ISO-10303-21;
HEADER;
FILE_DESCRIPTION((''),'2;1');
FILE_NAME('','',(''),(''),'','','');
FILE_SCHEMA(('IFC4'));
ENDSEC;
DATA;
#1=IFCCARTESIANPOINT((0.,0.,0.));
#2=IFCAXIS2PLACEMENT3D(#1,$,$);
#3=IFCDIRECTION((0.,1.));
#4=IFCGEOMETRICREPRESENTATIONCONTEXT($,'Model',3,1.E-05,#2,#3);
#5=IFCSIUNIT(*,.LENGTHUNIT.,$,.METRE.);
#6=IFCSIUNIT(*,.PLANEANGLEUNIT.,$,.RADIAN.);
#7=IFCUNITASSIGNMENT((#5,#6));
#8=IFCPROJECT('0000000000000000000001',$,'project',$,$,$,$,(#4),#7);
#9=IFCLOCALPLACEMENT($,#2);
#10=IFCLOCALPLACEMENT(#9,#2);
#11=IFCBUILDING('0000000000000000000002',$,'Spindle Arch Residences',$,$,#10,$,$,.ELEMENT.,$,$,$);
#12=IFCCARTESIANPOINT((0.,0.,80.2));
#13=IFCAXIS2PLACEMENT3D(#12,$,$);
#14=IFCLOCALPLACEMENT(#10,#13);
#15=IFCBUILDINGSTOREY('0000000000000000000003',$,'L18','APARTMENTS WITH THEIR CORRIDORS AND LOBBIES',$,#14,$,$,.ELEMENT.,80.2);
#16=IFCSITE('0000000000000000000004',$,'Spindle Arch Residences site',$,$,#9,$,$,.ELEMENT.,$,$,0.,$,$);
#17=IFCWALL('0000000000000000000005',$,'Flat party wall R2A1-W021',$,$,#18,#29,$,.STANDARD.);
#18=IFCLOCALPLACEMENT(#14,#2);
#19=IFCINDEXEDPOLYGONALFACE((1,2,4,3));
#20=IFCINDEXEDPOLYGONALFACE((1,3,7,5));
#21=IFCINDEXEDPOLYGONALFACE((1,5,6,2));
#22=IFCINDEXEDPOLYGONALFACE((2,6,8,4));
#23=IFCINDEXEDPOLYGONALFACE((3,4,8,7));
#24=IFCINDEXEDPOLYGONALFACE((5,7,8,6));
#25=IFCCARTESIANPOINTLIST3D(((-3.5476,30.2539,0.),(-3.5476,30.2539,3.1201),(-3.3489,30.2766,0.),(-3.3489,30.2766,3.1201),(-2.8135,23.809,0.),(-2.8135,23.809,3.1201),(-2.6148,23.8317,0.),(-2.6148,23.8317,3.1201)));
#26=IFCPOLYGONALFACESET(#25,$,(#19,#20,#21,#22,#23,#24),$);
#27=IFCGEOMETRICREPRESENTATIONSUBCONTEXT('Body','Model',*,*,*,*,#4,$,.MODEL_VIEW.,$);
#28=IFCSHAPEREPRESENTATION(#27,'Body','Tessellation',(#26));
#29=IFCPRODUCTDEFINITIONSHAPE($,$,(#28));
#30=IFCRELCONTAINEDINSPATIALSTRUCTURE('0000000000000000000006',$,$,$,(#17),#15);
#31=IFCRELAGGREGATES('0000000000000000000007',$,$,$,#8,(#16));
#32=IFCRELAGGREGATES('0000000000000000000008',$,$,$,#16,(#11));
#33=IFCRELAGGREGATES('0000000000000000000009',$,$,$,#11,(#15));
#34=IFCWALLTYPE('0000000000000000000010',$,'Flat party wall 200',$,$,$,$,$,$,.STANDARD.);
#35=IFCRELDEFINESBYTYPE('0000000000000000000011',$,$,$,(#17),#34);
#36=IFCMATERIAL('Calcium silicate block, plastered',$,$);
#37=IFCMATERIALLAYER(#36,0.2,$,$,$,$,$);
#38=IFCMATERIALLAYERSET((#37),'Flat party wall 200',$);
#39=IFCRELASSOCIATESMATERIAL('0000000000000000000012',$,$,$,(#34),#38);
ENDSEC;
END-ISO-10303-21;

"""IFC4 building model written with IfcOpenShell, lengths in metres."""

from ifc_helpers import new_model, si_unit, direction, frame, frame_2d, origin, place, context, subcontext, project, spatial, rectangle, extrude, material, layer, layer_set, type_object, element, save


model = new_model("IFC4")

# Units and contexts
model_context = context("Model", 3, precision=1e-05, world=origin(), true_north=direction((0.0, 1.0)))
body_context = subcontext(model_context, "Body", "Model", "MODEL_VIEW")
ifc_project = project(units=[si_unit("LENGTHUNIT", "METRE"), si_unit("PLANEANGLEUNIT", "RADIAN")], contexts=[model_context])

# Site, building, storey
site_placement = place(None, origin())
site = spatial("IfcSite", under=ifc_project, at=site_placement, Name="Spindle Arch Residences site", CompositionType="ELEMENT", RefElevation=0.0)
building_placement = place(site_placement, origin())
building = spatial("IfcBuilding", under=site, at=building_placement, Name="Spindle Arch Residences", CompositionType="ELEMENT")
storey_placement = place(building_placement, frame((0.0, 0.0, 80.2)))
storey = spatial("IfcBuildingStorey", under=building, at=storey_placement, Name="L18", Description="APARTMENTS WITH THEIR CORRIDORS AND LOBBIES", CompositionType="ELEMENT", Elevation=80.2)

# Wall
ifc_material_1 = material(Name="Calcium silicate block, plastered")
ifc_layer_1 = layer(ifc_material_1, 0.2)
ifc_layer_set_1 = layer_set([ifc_layer_1], Name="Flat party wall 200")
wall_type_1 = type_object("IfcWallType", Name="Flat party wall 200", PredefinedType="STANDARD", material=ifc_layer_set_1)
wall_1_placement = place(storey_placement, frame((-3.4482, 30.2651, 0.0), z_axis=(0.0, 0.0, 1.0), x_axis=(0.113178, -0.993575, 0.0)))
element("IfcWall", 1, at=wall_1_placement, inside=storey, type_object=wall_type_1, Name="Flat party wall R2A1-W021", PredefinedType="STANDARD", context=body_context, shape_type="SweptSolid", body=[
    extrude(rectangle(XDim=6.4866, YDim=0.2, at=frame_2d((3.2432, 0.0))), origin(), (0.0, 0.0, 1.0), 3.1201),
])

save(model, "model.ifc")
